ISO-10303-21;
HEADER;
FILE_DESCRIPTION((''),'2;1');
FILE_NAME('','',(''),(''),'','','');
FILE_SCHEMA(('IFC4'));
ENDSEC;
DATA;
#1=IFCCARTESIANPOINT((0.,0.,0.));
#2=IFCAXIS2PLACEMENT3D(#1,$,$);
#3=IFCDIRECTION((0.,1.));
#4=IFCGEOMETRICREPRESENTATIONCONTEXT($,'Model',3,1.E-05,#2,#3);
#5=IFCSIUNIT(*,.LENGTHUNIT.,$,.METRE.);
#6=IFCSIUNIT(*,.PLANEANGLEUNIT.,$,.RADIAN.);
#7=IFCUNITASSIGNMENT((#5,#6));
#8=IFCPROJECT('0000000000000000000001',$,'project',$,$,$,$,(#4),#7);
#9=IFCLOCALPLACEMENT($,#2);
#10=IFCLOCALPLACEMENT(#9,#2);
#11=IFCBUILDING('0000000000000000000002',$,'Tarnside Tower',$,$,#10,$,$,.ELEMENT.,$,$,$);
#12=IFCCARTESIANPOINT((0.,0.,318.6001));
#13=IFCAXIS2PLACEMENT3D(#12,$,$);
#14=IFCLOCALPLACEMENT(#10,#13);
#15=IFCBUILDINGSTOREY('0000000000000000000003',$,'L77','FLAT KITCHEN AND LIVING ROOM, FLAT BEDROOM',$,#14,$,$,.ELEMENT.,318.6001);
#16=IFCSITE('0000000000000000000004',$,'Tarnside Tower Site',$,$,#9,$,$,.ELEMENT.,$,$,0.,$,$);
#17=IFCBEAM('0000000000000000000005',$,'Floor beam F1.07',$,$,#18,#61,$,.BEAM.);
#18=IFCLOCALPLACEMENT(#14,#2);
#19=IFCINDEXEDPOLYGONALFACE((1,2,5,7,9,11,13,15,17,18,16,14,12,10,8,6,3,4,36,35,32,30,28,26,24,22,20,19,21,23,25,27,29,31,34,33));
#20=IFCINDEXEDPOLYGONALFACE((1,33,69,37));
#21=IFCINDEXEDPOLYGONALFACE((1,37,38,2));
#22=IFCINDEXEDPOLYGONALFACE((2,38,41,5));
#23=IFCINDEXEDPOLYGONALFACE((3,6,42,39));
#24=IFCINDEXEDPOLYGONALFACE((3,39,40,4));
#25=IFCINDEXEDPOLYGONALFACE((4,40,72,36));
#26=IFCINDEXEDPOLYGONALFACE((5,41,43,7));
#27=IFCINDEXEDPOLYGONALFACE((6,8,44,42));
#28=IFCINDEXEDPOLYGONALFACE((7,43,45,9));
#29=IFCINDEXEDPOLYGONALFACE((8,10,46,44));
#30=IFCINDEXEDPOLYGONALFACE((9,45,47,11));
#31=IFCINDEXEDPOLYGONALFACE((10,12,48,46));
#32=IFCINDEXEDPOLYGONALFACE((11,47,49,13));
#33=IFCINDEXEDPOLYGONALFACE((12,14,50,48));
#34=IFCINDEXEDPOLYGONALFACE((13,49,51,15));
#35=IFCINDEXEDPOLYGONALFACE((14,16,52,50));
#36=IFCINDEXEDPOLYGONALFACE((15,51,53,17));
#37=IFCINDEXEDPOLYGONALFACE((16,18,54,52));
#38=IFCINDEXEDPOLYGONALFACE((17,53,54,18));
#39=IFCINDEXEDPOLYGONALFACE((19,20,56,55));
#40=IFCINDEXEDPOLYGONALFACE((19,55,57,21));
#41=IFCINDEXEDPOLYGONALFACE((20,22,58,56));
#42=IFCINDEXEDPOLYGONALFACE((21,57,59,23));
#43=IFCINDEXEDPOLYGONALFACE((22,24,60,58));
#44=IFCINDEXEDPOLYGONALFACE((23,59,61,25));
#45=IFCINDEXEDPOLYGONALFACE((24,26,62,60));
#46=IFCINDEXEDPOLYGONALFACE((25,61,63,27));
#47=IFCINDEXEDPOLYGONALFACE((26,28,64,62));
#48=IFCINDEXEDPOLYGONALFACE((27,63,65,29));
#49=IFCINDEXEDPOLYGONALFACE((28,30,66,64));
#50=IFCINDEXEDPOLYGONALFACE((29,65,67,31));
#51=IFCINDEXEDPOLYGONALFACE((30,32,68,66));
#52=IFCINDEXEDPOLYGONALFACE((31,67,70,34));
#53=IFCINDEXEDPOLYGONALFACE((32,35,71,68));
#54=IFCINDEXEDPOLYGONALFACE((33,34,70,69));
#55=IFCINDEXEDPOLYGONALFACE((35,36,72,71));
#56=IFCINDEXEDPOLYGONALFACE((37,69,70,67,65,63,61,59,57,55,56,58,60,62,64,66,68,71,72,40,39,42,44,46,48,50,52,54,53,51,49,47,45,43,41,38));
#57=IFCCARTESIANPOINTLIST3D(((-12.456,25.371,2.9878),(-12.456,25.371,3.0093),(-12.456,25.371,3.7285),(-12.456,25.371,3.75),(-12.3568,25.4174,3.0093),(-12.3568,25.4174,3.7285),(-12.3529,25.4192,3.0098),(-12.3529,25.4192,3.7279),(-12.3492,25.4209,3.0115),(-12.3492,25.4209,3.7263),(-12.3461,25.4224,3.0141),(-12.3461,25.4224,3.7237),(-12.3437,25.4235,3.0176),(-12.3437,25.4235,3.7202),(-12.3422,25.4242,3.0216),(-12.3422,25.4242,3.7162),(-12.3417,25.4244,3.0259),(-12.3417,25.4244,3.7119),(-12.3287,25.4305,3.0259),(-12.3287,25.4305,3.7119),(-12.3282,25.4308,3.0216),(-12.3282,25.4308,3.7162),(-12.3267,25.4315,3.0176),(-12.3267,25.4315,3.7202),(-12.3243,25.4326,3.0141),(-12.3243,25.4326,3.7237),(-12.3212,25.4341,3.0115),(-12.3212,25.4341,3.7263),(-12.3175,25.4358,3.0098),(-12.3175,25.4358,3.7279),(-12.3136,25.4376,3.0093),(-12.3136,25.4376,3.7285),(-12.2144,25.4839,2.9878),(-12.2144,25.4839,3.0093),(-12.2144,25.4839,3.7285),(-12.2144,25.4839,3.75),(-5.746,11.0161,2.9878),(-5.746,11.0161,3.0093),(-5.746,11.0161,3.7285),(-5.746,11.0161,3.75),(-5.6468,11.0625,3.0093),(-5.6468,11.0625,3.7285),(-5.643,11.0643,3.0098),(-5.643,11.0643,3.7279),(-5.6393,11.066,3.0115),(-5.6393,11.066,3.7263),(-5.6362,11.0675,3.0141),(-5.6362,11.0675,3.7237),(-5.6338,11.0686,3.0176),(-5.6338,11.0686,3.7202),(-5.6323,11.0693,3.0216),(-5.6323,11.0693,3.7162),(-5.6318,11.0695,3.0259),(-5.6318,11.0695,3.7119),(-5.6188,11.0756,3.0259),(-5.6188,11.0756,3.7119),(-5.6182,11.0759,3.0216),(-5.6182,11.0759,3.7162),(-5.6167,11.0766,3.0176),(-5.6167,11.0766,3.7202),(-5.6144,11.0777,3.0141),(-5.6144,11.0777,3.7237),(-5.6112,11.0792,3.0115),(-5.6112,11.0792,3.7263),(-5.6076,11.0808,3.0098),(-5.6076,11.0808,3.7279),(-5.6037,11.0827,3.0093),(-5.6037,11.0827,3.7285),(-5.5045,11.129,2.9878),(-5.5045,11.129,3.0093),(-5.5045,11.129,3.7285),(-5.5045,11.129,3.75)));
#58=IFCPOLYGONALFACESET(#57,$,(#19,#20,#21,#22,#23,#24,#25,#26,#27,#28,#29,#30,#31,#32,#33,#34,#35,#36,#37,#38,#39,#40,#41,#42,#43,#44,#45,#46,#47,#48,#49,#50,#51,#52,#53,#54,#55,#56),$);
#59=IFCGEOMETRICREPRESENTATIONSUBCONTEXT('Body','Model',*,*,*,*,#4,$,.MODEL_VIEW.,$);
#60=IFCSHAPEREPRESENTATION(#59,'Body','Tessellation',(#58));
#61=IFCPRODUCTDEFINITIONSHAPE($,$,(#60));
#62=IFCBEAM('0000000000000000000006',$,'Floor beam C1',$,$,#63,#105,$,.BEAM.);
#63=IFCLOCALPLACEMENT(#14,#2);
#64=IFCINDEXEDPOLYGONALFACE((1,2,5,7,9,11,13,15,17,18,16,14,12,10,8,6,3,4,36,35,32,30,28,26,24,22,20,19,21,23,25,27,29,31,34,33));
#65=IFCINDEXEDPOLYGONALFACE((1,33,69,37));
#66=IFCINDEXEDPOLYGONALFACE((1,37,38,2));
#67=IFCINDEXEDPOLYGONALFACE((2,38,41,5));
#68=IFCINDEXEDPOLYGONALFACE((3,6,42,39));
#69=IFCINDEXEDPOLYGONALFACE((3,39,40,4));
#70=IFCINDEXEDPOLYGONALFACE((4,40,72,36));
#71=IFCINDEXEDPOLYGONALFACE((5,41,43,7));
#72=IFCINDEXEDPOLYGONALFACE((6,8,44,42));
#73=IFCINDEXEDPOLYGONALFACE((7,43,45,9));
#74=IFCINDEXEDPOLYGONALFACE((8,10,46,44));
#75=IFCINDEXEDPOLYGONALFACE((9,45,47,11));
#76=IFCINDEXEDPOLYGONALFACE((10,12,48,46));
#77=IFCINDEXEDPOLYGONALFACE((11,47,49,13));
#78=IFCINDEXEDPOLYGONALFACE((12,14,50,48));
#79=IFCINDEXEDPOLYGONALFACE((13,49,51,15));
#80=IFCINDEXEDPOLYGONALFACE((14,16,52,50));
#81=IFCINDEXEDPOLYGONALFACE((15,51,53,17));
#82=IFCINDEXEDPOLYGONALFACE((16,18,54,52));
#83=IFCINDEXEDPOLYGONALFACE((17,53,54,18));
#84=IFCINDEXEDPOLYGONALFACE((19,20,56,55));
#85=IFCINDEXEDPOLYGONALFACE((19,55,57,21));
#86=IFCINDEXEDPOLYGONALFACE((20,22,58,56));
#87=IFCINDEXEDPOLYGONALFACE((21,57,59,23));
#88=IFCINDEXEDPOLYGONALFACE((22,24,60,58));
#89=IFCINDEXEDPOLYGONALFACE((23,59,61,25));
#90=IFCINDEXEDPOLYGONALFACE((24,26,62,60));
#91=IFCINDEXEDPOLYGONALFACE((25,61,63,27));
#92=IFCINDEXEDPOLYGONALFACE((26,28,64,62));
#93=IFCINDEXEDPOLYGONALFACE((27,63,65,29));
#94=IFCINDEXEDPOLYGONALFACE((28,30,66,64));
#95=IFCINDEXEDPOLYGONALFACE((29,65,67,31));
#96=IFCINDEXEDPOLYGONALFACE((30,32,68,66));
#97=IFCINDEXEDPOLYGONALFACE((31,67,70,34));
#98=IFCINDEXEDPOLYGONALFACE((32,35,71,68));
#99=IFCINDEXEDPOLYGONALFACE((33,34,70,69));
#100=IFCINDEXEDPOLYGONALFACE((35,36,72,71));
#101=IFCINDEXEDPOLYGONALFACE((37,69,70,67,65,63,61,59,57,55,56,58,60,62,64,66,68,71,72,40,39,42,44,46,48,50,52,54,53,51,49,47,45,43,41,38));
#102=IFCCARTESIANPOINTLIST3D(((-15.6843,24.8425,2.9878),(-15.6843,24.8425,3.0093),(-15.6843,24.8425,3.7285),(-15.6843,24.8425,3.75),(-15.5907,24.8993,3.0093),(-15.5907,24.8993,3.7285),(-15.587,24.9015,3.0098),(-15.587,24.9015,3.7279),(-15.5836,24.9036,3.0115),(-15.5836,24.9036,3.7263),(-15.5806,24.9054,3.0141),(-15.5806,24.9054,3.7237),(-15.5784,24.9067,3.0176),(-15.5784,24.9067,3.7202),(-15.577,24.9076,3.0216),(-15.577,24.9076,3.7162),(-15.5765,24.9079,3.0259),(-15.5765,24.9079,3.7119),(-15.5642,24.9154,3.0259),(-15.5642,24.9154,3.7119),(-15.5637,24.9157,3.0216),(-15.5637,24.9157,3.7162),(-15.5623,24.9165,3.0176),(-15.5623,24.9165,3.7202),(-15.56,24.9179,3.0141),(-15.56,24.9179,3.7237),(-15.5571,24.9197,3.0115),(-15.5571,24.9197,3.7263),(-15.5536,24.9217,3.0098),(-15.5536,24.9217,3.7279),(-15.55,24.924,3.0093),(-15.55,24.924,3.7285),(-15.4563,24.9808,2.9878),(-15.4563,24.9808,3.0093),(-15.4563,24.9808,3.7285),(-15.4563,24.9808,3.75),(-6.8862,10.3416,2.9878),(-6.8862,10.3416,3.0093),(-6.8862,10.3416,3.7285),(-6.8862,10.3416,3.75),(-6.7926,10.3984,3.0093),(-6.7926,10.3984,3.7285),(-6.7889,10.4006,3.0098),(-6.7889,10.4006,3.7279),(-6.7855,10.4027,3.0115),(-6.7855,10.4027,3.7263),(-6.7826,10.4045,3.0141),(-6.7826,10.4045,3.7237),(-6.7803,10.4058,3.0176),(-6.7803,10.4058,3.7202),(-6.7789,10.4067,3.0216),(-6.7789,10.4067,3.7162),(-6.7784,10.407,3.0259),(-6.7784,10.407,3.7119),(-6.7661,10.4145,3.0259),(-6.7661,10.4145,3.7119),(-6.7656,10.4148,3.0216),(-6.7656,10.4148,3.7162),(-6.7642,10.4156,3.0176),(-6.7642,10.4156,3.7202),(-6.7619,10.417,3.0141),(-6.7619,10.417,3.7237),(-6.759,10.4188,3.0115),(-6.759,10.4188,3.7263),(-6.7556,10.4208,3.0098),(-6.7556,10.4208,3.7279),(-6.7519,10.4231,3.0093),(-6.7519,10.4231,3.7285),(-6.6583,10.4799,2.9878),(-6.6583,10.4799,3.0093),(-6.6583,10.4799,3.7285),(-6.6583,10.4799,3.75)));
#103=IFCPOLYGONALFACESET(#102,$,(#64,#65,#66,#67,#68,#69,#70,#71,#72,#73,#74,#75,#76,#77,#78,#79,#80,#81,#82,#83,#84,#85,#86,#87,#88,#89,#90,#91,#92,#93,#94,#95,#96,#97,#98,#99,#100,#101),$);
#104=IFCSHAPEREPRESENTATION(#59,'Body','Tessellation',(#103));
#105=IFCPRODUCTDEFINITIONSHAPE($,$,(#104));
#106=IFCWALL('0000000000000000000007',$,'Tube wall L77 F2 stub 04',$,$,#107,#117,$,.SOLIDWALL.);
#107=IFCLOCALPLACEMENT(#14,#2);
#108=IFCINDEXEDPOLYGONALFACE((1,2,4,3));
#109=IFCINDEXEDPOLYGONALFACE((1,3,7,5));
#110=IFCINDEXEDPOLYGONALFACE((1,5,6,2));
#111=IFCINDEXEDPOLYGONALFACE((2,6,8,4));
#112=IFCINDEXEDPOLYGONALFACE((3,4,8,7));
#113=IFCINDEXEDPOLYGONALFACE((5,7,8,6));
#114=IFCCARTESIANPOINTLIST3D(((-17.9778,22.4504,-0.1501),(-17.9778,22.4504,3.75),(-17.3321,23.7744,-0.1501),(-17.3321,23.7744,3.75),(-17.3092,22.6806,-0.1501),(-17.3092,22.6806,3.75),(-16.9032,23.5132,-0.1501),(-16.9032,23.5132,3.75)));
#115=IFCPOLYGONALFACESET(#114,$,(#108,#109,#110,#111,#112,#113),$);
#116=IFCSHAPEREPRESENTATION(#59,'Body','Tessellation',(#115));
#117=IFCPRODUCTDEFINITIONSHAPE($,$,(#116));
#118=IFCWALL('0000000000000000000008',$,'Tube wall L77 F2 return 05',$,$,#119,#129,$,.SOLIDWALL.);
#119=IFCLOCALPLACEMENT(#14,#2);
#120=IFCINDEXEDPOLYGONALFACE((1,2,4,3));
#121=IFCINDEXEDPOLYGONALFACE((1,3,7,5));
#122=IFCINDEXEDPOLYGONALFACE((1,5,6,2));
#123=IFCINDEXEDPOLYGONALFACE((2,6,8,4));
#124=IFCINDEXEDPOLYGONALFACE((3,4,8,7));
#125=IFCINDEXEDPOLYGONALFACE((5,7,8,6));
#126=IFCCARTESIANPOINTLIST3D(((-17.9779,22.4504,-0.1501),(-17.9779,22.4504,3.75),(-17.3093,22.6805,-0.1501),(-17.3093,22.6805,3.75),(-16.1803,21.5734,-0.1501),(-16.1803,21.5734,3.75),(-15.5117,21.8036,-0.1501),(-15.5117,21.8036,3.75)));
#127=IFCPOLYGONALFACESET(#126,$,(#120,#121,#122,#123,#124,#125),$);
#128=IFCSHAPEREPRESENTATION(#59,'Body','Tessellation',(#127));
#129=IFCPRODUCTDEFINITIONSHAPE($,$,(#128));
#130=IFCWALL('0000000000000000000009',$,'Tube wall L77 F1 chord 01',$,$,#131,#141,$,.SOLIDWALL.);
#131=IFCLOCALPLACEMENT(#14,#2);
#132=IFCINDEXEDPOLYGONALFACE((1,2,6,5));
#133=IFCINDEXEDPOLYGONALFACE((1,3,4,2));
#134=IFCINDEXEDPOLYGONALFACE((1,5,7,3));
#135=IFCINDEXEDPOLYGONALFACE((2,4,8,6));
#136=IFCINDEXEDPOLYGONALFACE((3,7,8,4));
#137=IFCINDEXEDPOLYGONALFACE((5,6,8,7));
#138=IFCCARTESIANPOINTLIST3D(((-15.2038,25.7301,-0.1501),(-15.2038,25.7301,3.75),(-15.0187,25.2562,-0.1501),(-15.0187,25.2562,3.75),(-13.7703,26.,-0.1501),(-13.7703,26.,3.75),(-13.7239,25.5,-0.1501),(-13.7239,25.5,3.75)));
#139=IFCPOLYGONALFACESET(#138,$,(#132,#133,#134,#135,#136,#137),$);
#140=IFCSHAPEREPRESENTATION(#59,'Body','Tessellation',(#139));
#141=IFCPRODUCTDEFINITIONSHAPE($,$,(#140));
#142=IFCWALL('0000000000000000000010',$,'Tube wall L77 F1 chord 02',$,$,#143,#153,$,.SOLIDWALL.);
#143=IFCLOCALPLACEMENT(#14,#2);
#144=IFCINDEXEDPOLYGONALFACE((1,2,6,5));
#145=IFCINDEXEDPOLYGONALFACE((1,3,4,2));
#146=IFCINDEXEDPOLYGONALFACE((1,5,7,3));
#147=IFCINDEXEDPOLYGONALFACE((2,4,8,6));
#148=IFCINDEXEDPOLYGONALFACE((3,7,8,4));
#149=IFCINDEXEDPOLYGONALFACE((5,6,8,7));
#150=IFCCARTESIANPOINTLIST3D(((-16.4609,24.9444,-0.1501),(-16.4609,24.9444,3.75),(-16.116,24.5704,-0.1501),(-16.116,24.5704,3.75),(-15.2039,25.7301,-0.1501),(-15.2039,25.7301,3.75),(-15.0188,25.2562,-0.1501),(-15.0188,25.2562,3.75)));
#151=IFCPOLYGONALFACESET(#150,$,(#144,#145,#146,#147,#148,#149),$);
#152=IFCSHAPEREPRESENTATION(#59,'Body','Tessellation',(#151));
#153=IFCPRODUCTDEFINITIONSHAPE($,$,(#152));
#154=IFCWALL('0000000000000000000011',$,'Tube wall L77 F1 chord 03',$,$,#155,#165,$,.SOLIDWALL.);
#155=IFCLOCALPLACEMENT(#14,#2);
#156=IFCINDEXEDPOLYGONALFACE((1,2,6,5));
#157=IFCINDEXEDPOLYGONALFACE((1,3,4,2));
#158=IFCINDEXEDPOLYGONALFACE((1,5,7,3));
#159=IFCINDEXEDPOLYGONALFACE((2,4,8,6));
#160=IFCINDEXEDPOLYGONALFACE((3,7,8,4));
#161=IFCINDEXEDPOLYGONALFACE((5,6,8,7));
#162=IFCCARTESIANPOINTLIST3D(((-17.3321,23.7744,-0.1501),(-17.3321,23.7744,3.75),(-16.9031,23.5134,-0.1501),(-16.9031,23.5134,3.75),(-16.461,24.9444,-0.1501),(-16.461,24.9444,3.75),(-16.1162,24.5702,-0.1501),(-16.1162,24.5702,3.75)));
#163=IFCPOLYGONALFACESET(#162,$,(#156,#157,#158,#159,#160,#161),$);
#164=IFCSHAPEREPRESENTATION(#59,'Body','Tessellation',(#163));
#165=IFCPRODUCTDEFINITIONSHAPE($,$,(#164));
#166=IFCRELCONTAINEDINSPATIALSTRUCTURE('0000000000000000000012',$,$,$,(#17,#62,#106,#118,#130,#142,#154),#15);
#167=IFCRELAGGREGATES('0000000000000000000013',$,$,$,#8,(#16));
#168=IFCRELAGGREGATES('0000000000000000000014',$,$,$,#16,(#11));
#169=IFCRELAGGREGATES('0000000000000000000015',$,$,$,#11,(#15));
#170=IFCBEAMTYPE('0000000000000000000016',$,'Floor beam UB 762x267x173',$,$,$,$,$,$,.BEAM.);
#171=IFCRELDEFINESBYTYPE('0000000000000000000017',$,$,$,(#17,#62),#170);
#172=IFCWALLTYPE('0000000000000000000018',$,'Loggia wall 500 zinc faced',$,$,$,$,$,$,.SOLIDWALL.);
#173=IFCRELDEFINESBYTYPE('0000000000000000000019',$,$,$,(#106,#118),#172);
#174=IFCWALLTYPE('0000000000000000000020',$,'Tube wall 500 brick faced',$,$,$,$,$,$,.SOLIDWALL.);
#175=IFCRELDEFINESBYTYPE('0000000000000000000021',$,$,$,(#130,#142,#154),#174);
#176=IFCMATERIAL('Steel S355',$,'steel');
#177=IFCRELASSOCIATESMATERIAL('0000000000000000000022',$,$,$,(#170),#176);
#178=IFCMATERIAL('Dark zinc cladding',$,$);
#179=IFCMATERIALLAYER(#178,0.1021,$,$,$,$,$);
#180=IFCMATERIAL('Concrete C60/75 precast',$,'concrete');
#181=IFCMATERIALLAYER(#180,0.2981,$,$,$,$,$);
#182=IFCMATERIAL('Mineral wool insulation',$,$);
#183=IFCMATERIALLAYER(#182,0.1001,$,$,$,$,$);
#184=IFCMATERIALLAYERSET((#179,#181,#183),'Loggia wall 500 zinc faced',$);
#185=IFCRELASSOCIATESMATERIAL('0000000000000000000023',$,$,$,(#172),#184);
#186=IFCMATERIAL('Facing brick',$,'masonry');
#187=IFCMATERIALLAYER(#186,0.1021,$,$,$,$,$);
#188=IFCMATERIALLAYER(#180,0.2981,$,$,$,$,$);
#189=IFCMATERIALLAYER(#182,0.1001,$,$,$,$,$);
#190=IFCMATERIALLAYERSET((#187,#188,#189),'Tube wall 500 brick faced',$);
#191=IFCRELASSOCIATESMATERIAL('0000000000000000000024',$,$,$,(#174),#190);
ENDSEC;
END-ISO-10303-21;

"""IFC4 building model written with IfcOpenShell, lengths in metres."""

from ifc_helpers import new_model, si_unit, direction, frame, origin, origin_2d, place, context, subcontext, project, spatial, polyline, i_section, outline, extrude, material, layer, layer_set, material_profile, profile_set, type_object, element, save


model = new_model("IFC4")

# Units and contexts
model_context = context("Model", 3, precision=1e-05, world=origin(), true_north=direction((0.0, 1.0)))
body_context = subcontext(model_context, "Body", "Model", "MODEL_VIEW")
ifc_project = project(units=[si_unit("LENGTHUNIT", "METRE"), si_unit("PLANEANGLEUNIT", "RADIAN")], contexts=[model_context])

# Site, building, storey
site_placement = place(None, origin())
site = spatial("IfcSite", under=ifc_project, at=site_placement, Name="Tarnside Tower Site", CompositionType="ELEMENT", RefElevation=0.0)
building_placement = place(site_placement, origin())
building = spatial("IfcBuilding", under=site, at=building_placement, Name="Tarnside Tower", CompositionType="ELEMENT")
storey_placement = place(building_placement, frame((0.0, 0.0, 318.6001)))
storey = spatial("IfcBuildingStorey", under=building, at=storey_placement, Name="L77", Description="FLAT KITCHEN AND LIVING ROOM, FLAT BEDROOM", CompositionType="ELEMENT", Elevation=318.6001)

# Beams
ifc_material_1 = material(Name="Steel S355", Category="steel")
ifc_material_profile = material_profile(ifc_material_1, i_section(OverallWidth=0.2666, OverallDepth=0.7622, WebThickness=0.0144, FlangeThickness=0.0215, FilletRadius=0.0166, at=origin_2d()), Name="UB 762x267x173")
ifc_profile_set = profile_set([ifc_material_profile], Name="Steel S355")
beam_type = type_object("IfcBeamType", Name="Floor beam UB 762x267x173", PredefinedType="BEAM", material=ifc_profile_set)
beam_1_placement = place(storey_placement, frame((-12.3352, 25.4275, 3.3689), z_axis=(0.423454, -0.905918, 0.0), x_axis=(0.905918, 0.423454, 0.0)))
element("IfcBeam", 1, at=beam_1_placement, inside=storey, type_object=beam_type, Name="Floor beam F1.07", PredefinedType="BEAM", context=body_context, shape_type="SweptSolid", body=[
    extrude(i_section(OverallWidth=0.2666, OverallDepth=0.7622, WebThickness=0.0144, FlangeThickness=0.0215, FilletRadius=0.0166, at=origin_2d()), origin(), (0.0, 0.0, 1.0), 15.8457),
])
beam_2_placement = place(storey_placement, frame((-15.5703, 24.9116, 3.3689), z_axis=(0.518717, -0.854946, 0.0), x_axis=(0.854946, 0.518717, 0.0)))
element("IfcBeam", 2, at=beam_2_placement, inside=storey, type_object=beam_type, Name="Floor beam C1", PredefinedType="BEAM", context=body_context, shape_type="SweptSolid", body=[
    extrude(i_section(OverallWidth=0.2666, OverallDepth=0.7622, WebThickness=0.0144, FlangeThickness=0.0215, FilletRadius=0.0166, at=origin_2d()), origin(), (0.0, 0.0, 1.0), 16.9612),
])

# Walls
ifc_material_2 = material(Name="Dark zinc cladding")
ifc_layer_1 = layer(ifc_material_2, 0.1021)
ifc_material_3 = material(Name="Concrete C60/75 precast", Category="concrete")
ifc_layer_2 = layer(ifc_material_3, 0.2981)
ifc_material_4 = material(Name="Mineral wool insulation")
ifc_layer_3 = layer(ifc_material_4, 0.1001)
ifc_layer_set_1 = layer_set([ifc_layer_1, ifc_layer_2, ifc_layer_3], Name="Loggia wall 500 zinc faced")
wall_type_1 = type_object("IfcWallType", Name="Loggia wall 500 zinc faced", PredefinedType="SOLIDWALL", material=ifc_layer_set_1)
wall_1_placement = place(storey_placement, frame((-17.1177, 23.6438, -0.1501), z_axis=(0.0, 0.0, 1.0), x_axis=(-0.438319, -0.898819, 0.0)))
element("IfcWall", 3, at=wall_1_placement, inside=storey, type_object=wall_type_1, Name="Tube wall L77 F2 stub 04", PredefinedType="SOLIDWALL", context=body_context, shape_type="SweptSolid", body=[
    extrude(outline(polyline([(-0.0234, -0.25), (1.4497, -0.25), (0.9497, 0.25), (0.0234, 0.25), (-0.0234, -0.25)])), origin(), (0.0, 0.0, 1.0), 3.9001),
])
wall_2_placement = place(storey_placement, frame((-17.6436, 22.5654, -0.1501), z_axis=(0.0, 0.0, 1.0), x_axis=(0.898754, -0.438452, 0.0)))
element("IfcWall", 4, at=wall_2_placement, inside=storey, type_object=wall_type_1, Name="Tube wall L77 F2 return 05", PredefinedType="SOLIDWALL", context=body_context, shape_type="SweptSolid", body=[
    extrude(outline(polyline([(-0.25, -0.25), (1.75, -0.25), (2.25, 0.25), (0.25, 0.25), (-0.25, -0.25)])), origin(), (0.0, 0.0, 1.0), 3.9001),
])

# Walls
ifc_material_5 = material(Name="Facing brick", Category="masonry")
ifc_layer_4 = layer(ifc_material_5, 0.1021)
ifc_layer_5 = layer(ifc_material_3, 0.2981)
ifc_layer_6 = layer(ifc_material_4, 0.1001)
ifc_layer_set_2 = layer_set([ifc_layer_4, ifc_layer_5, ifc_layer_6], Name="Tube wall 500 brick faced")
wall_type_2 = type_object("IfcWallType", Name="Tube wall 500 brick faced", PredefinedType="SOLIDWALL", material=ifc_layer_set_2)
wall_3_placement = place(storey_placement, frame((-13.7471, 25.75, -0.1501), z_axis=(0.0, 0.0, 1.0), x_axis=(-0.982737, -0.185011, 0.0)))
element("IfcWall", 5, at=wall_3_placement, inside=storey, type_object=wall_type_2, Name="Tube wall L77 F1 chord 01", PredefinedType="SOLIDWALL", context=body_context, shape_type="SweptSolid", body=[
    extrude(outline(polyline([(-0.0234, -0.25), (1.4353, -0.25), (1.3411, 0.25), (0.0234, 0.25), (-0.0234, -0.25)])), origin(), (0.0, 0.0, 1.0), 3.9001),
])
wall_4_placement = place(storey_placement, frame((-15.1113, 25.4932, -0.1501), z_axis=(0.0, 0.0, 1.0), x_axis=(-0.847979, -0.530031, 0.0)))
element("IfcWall", 6, at=wall_4_placement, inside=storey, type_object=wall_type_2, Name="Tube wall L77 F1 chord 02", PredefinedType="SOLIDWALL", context=body_context, shape_type="SweptSolid", body=[
    extrude(outline(polyline([(-0.0471, -0.25), (1.4353, -0.25), (1.3411, 0.25), (0.0471, 0.25), (-0.0471, -0.25)])), origin(), (0.0, 0.0, 1.0), 3.9001),
])
wall_5_placement = place(storey_placement, frame((-16.2886, 24.7573, -0.1501), z_axis=(0.0, 0.0, 1.0), x_axis=(-0.597211, -0.802084, 0.0)))
element("IfcWall", 7, at=wall_5_placement, inside=storey, type_object=wall_type_2, Name="Tube wall L77 F1 chord 03", PredefinedType="SOLIDWALL", context=body_context, shape_type="SweptSolid", body=[
    extrude(outline(polyline([(-0.0471, -0.25), (1.4116, -0.25), (1.3647, 0.25), (0.0471, 0.25), (-0.0471, -0.25)])), origin(), (0.0, 0.0, 1.0), 3.9001),
])

save(model, "model.ifc")
